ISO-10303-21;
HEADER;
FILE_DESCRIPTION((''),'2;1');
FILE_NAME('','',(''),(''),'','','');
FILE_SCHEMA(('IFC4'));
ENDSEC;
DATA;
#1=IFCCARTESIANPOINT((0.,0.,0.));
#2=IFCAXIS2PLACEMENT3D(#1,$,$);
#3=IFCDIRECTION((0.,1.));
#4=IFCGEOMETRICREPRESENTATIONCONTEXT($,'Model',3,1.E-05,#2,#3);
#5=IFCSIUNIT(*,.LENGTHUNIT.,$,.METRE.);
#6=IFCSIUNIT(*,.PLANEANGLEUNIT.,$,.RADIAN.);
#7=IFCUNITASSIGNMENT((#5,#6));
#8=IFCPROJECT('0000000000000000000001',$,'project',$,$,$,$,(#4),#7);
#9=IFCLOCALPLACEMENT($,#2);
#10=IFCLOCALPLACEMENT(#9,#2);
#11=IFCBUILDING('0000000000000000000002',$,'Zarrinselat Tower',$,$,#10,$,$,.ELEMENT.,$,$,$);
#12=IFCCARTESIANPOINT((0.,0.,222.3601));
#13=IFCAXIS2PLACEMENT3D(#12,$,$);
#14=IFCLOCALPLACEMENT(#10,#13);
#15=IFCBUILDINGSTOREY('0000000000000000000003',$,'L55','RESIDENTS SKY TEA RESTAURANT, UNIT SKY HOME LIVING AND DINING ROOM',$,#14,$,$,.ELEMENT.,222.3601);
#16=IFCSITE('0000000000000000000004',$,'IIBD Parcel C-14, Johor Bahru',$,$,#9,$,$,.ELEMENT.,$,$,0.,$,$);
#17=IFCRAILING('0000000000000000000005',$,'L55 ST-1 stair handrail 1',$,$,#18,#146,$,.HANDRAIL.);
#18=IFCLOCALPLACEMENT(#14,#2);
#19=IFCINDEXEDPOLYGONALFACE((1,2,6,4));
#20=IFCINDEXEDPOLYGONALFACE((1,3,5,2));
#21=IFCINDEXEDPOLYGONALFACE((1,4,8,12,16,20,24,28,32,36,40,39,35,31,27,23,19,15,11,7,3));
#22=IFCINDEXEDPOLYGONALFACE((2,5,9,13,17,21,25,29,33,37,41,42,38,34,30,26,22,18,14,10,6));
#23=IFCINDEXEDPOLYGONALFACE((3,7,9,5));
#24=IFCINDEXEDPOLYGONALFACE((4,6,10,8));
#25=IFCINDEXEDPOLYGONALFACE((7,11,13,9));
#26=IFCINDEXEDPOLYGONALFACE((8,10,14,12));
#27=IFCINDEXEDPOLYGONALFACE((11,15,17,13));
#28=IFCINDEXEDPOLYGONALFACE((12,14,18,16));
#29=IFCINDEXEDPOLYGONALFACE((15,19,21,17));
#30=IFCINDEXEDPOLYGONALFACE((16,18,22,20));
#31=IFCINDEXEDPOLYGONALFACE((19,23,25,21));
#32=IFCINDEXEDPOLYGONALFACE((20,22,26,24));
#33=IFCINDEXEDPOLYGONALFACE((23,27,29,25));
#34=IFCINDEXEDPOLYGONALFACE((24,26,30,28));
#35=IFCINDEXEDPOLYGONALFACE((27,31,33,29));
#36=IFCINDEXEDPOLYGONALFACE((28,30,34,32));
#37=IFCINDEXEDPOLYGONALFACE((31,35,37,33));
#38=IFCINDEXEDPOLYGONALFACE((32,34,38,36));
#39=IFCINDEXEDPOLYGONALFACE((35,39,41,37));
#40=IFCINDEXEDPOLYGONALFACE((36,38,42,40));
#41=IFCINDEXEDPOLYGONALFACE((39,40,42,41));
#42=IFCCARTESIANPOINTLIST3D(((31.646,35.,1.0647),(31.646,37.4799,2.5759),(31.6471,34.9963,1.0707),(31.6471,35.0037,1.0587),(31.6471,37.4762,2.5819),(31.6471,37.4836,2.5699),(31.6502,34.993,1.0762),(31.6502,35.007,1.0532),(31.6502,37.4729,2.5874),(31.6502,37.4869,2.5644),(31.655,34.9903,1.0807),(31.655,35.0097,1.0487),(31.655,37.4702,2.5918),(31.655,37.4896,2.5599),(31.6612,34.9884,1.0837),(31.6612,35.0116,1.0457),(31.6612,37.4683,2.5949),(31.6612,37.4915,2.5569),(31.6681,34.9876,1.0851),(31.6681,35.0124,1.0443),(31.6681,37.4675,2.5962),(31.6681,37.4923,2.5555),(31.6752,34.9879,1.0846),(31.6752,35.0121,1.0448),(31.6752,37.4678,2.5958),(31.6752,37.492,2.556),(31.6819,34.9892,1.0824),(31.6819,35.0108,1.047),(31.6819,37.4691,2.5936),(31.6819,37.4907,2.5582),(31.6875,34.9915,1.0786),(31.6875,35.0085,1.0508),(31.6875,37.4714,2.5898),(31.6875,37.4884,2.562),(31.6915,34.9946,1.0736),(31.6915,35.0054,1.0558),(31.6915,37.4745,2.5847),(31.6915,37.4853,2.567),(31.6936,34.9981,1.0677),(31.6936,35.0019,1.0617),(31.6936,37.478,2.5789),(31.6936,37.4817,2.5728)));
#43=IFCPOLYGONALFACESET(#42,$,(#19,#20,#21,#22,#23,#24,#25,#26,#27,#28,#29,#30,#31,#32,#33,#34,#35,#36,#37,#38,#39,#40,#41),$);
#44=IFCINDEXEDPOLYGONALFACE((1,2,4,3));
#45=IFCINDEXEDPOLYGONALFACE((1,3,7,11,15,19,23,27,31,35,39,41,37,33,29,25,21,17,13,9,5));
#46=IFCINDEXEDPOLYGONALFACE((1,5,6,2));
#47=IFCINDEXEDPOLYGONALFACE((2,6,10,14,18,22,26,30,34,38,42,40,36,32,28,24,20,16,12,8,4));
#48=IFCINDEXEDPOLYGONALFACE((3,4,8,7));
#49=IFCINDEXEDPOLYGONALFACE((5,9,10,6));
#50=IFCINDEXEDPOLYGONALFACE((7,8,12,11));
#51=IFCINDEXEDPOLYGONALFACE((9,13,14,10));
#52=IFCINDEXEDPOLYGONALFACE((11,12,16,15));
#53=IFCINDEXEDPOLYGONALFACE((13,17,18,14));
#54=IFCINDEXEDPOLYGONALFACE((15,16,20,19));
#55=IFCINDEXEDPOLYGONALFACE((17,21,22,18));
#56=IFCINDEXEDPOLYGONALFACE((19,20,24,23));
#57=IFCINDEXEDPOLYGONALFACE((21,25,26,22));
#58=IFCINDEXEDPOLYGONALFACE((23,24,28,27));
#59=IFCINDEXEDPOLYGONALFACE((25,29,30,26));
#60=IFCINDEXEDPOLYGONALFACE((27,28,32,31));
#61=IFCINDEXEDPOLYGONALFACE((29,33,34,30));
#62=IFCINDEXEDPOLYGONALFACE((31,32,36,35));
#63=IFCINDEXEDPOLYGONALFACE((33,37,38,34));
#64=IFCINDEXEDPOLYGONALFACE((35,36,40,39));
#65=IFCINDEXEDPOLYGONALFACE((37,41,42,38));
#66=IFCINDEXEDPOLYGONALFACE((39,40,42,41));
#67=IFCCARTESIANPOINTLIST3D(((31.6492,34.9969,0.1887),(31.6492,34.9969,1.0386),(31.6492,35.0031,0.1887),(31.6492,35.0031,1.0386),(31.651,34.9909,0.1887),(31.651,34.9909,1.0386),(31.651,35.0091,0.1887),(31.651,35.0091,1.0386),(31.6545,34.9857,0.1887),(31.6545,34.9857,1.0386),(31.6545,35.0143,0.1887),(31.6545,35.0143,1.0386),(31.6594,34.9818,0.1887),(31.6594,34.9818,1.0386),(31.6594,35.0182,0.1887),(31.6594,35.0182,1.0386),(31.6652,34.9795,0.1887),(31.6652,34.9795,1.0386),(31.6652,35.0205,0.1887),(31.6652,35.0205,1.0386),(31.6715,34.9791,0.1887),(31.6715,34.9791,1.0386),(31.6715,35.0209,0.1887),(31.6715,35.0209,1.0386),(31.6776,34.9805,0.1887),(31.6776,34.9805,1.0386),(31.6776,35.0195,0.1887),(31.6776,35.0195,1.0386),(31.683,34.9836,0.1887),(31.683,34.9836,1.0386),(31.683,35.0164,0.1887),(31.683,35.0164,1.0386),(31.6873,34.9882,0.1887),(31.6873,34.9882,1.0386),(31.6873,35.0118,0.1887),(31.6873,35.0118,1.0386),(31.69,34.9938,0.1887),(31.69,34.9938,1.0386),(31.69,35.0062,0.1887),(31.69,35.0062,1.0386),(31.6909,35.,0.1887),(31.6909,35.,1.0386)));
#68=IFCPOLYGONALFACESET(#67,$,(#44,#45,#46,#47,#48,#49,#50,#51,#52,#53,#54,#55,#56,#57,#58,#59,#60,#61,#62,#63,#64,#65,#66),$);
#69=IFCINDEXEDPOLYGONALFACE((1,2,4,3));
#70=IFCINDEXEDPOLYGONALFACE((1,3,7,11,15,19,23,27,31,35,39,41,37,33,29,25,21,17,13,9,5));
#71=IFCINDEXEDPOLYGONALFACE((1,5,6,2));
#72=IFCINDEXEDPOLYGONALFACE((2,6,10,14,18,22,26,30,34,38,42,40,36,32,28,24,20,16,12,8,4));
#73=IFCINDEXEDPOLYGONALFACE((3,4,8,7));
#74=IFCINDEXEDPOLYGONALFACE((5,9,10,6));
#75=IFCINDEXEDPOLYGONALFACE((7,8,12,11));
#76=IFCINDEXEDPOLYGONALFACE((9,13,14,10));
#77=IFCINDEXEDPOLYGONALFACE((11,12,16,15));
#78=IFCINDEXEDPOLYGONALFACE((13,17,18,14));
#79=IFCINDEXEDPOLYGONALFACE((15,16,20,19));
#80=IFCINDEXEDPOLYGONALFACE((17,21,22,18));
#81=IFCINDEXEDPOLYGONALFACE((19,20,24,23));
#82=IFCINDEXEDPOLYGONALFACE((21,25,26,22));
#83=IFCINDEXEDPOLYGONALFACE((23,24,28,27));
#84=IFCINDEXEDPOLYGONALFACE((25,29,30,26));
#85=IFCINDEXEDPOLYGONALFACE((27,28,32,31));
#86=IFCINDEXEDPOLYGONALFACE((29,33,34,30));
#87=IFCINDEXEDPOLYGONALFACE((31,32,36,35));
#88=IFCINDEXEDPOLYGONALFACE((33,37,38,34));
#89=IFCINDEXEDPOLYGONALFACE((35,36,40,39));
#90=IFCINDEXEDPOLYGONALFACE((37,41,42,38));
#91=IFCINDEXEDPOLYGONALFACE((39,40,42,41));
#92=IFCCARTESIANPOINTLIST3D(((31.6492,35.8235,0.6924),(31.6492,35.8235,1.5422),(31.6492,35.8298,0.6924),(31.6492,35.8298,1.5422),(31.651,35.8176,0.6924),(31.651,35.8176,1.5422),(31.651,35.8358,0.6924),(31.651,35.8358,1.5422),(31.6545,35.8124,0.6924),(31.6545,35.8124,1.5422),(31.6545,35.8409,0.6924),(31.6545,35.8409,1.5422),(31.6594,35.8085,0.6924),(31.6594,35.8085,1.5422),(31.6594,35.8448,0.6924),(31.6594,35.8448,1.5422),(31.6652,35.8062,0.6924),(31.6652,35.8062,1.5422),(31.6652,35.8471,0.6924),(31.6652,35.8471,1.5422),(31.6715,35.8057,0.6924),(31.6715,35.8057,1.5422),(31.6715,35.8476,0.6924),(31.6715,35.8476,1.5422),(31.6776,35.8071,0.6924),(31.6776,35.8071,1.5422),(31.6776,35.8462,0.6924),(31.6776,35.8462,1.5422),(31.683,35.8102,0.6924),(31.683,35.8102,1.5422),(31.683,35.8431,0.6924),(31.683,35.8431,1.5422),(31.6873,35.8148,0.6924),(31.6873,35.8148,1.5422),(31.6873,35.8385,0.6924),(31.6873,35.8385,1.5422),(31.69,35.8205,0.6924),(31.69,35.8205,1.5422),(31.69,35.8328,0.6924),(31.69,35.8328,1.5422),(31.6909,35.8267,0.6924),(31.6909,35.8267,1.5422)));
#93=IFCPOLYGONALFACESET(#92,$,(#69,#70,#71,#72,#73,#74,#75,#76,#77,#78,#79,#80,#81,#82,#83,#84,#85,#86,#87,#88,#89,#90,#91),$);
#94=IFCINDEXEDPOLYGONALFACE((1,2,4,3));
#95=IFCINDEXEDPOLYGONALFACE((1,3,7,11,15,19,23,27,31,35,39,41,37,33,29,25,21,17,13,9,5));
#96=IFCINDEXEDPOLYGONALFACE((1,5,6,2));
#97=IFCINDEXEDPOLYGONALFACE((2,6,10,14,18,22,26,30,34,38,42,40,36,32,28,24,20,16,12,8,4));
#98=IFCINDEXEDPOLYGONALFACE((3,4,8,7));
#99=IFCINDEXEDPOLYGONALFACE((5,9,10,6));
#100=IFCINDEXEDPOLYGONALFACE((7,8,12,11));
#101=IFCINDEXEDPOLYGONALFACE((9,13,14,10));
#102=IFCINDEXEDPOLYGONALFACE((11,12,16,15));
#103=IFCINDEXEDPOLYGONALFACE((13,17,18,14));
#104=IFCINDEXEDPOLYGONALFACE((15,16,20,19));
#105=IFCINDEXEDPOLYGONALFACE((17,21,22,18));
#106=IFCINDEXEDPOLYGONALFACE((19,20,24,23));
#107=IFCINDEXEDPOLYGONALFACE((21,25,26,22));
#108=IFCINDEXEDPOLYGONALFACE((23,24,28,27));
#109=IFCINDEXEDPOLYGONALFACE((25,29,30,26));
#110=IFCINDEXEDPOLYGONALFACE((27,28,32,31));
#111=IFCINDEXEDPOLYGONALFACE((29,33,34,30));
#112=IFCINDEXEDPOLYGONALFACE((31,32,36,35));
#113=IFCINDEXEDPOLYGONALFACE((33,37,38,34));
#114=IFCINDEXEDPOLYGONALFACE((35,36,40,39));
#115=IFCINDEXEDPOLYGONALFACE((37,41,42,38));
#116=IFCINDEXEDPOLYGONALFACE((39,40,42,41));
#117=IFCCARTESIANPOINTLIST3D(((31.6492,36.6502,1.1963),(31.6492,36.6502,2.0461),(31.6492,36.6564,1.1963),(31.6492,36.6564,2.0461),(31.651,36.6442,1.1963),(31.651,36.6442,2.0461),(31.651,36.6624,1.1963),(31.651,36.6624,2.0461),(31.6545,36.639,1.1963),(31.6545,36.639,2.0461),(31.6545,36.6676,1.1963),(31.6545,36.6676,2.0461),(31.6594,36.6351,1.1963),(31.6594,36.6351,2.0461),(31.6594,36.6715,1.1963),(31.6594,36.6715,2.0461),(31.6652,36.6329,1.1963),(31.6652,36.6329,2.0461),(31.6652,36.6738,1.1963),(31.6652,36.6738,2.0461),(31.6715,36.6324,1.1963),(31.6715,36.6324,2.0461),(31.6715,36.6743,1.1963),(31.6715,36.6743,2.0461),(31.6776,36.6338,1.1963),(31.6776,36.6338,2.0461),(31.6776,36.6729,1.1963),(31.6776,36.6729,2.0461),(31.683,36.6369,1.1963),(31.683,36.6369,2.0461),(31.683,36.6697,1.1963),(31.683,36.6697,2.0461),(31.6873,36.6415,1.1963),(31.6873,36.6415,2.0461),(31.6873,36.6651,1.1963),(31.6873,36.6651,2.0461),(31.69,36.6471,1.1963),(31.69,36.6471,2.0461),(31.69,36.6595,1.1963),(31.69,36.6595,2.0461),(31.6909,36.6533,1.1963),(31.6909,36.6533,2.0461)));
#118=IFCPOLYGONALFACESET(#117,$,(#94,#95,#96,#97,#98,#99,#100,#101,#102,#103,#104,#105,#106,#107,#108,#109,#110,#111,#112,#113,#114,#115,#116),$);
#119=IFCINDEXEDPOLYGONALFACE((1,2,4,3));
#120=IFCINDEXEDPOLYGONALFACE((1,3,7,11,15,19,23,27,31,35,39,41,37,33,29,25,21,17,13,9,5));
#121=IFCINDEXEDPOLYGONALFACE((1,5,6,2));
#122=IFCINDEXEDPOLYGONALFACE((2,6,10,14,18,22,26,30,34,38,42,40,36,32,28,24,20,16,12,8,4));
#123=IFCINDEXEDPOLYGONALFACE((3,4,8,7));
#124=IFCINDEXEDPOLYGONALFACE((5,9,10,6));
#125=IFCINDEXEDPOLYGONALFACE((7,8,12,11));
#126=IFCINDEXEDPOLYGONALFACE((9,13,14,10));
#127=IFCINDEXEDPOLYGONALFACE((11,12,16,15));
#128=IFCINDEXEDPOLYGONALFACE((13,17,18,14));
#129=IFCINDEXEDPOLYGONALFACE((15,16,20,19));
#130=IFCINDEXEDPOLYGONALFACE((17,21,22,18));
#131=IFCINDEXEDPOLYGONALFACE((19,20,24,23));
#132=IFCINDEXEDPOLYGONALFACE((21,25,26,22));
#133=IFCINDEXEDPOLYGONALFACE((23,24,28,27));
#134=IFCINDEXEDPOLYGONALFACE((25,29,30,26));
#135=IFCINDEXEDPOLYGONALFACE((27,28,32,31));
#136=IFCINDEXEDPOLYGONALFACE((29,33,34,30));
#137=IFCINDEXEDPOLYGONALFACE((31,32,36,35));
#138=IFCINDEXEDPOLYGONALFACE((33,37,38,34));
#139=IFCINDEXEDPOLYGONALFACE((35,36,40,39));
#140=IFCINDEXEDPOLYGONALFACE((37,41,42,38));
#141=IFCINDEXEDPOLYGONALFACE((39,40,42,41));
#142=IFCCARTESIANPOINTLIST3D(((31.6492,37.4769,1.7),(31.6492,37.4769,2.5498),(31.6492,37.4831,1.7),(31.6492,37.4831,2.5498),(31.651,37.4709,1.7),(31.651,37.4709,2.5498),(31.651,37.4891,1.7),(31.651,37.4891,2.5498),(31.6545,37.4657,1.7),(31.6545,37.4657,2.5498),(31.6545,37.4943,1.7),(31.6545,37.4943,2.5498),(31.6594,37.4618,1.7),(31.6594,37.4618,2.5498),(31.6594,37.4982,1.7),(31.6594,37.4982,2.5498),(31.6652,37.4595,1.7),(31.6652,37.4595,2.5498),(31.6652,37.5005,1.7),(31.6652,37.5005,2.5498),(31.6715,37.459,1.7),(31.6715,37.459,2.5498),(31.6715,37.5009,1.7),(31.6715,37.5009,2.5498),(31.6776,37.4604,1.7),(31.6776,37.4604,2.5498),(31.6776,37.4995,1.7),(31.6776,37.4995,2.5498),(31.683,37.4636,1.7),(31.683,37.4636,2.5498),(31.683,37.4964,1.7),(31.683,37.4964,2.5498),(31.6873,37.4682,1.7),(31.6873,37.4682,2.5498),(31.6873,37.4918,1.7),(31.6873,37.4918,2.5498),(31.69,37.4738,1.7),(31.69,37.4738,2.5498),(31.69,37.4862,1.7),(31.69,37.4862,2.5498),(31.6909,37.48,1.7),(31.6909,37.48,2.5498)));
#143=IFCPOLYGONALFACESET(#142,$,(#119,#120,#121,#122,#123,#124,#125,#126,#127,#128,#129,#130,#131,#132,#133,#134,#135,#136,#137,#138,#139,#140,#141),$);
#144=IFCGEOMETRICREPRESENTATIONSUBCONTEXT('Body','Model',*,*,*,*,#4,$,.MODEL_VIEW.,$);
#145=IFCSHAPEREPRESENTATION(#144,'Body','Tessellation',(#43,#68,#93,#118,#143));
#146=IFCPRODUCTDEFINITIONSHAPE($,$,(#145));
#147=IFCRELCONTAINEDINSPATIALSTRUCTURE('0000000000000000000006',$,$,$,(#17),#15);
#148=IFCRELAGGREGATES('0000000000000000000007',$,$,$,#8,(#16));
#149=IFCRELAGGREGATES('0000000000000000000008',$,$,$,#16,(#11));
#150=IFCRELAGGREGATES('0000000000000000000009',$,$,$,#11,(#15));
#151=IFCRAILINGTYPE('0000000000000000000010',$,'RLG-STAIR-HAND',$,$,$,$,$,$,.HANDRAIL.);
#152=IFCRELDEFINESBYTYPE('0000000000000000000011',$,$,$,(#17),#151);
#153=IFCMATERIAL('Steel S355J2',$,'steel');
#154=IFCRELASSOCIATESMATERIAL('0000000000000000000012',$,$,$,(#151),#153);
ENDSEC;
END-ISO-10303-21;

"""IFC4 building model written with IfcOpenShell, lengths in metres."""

from ifc_helpers import new_model, si_unit, direction, frame, origin, origin_2d, place, context, subcontext, project, spatial, circle, extrude, material, type_object, element, save


model = new_model("IFC4")

# Units and contexts
model_context = context("Model", 3, precision=1e-05, world=origin(), true_north=direction((0.0, 1.0)))
body_context = subcontext(model_context, "Body", "Model", "MODEL_VIEW")
ifc_project = project(units=[si_unit("LENGTHUNIT", "METRE"), si_unit("PLANEANGLEUNIT", "RADIAN")], contexts=[model_context])

# Site, building, storey
site_placement = place(None, origin())
site = spatial("IfcSite", under=ifc_project, at=site_placement, Name="IIBD Parcel C-14, Johor Bahru", CompositionType="ELEMENT", RefElevation=0.0)
building_placement = place(site_placement, origin())
building = spatial("IfcBuilding", under=site, at=building_placement, Name="Zarrinselat Tower", CompositionType="ELEMENT")
storey_placement = place(building_placement, frame((0.0, 0.0, 222.3601)))
storey = spatial("IfcBuildingStorey", under=building, at=storey_placement, Name="L55", Description="RESIDENTS SKY TEA RESTAURANT, UNIT SKY HOME LIVING AND DINING ROOM", CompositionType="ELEMENT", Elevation=222.3601)

# Railing
ifc_material_1 = material(Name="Steel S355J2", Category="steel")
railing_type_1 = type_object("IfcRailingType", Name="RLG-STAIR-HAND", PredefinedType="HANDRAIL", material=ifc_material_1)
railing_1_placement = place(storey_placement, frame((31.6699, 35.0, 0.1887)))
element("IfcRailing", 1, at=railing_1_placement, inside=storey, type_object=railing_type_1, Name="L55 ST-1 stair handrail 1", PredefinedType="HANDRAIL", context=body_context, shape_type="SweptSolid", body=[
    extrude(circle(Radius=0.0239, at=origin_2d()), frame((0.0, 0.0, 0.876), z_axis=(0.0, 0.853942, 0.520368), x_axis=(-1.0, 0.0, 0.0)), (0.0, 0.0, 1.0), 2.9041),
    extrude(circle(Radius=0.021, at=origin_2d()), origin(), (0.0, 0.0, 1.0), 0.8499),
    extrude(circle(Radius=0.021, at=origin_2d()), frame((0.0, 0.8267, 0.5037)), (0.0, 0.0, 1.0), 0.8499),
    extrude(circle(Radius=0.021, at=origin_2d()), frame((0.0, 1.6533, 1.0076)), (0.0, 0.0, 1.0), 0.8499),
    extrude(circle(Radius=0.021, at=origin_2d()), frame((0.0, 2.48, 1.5112)), (0.0, 0.0, 1.0), 0.8499),
])

save(model, "model.ifc")
